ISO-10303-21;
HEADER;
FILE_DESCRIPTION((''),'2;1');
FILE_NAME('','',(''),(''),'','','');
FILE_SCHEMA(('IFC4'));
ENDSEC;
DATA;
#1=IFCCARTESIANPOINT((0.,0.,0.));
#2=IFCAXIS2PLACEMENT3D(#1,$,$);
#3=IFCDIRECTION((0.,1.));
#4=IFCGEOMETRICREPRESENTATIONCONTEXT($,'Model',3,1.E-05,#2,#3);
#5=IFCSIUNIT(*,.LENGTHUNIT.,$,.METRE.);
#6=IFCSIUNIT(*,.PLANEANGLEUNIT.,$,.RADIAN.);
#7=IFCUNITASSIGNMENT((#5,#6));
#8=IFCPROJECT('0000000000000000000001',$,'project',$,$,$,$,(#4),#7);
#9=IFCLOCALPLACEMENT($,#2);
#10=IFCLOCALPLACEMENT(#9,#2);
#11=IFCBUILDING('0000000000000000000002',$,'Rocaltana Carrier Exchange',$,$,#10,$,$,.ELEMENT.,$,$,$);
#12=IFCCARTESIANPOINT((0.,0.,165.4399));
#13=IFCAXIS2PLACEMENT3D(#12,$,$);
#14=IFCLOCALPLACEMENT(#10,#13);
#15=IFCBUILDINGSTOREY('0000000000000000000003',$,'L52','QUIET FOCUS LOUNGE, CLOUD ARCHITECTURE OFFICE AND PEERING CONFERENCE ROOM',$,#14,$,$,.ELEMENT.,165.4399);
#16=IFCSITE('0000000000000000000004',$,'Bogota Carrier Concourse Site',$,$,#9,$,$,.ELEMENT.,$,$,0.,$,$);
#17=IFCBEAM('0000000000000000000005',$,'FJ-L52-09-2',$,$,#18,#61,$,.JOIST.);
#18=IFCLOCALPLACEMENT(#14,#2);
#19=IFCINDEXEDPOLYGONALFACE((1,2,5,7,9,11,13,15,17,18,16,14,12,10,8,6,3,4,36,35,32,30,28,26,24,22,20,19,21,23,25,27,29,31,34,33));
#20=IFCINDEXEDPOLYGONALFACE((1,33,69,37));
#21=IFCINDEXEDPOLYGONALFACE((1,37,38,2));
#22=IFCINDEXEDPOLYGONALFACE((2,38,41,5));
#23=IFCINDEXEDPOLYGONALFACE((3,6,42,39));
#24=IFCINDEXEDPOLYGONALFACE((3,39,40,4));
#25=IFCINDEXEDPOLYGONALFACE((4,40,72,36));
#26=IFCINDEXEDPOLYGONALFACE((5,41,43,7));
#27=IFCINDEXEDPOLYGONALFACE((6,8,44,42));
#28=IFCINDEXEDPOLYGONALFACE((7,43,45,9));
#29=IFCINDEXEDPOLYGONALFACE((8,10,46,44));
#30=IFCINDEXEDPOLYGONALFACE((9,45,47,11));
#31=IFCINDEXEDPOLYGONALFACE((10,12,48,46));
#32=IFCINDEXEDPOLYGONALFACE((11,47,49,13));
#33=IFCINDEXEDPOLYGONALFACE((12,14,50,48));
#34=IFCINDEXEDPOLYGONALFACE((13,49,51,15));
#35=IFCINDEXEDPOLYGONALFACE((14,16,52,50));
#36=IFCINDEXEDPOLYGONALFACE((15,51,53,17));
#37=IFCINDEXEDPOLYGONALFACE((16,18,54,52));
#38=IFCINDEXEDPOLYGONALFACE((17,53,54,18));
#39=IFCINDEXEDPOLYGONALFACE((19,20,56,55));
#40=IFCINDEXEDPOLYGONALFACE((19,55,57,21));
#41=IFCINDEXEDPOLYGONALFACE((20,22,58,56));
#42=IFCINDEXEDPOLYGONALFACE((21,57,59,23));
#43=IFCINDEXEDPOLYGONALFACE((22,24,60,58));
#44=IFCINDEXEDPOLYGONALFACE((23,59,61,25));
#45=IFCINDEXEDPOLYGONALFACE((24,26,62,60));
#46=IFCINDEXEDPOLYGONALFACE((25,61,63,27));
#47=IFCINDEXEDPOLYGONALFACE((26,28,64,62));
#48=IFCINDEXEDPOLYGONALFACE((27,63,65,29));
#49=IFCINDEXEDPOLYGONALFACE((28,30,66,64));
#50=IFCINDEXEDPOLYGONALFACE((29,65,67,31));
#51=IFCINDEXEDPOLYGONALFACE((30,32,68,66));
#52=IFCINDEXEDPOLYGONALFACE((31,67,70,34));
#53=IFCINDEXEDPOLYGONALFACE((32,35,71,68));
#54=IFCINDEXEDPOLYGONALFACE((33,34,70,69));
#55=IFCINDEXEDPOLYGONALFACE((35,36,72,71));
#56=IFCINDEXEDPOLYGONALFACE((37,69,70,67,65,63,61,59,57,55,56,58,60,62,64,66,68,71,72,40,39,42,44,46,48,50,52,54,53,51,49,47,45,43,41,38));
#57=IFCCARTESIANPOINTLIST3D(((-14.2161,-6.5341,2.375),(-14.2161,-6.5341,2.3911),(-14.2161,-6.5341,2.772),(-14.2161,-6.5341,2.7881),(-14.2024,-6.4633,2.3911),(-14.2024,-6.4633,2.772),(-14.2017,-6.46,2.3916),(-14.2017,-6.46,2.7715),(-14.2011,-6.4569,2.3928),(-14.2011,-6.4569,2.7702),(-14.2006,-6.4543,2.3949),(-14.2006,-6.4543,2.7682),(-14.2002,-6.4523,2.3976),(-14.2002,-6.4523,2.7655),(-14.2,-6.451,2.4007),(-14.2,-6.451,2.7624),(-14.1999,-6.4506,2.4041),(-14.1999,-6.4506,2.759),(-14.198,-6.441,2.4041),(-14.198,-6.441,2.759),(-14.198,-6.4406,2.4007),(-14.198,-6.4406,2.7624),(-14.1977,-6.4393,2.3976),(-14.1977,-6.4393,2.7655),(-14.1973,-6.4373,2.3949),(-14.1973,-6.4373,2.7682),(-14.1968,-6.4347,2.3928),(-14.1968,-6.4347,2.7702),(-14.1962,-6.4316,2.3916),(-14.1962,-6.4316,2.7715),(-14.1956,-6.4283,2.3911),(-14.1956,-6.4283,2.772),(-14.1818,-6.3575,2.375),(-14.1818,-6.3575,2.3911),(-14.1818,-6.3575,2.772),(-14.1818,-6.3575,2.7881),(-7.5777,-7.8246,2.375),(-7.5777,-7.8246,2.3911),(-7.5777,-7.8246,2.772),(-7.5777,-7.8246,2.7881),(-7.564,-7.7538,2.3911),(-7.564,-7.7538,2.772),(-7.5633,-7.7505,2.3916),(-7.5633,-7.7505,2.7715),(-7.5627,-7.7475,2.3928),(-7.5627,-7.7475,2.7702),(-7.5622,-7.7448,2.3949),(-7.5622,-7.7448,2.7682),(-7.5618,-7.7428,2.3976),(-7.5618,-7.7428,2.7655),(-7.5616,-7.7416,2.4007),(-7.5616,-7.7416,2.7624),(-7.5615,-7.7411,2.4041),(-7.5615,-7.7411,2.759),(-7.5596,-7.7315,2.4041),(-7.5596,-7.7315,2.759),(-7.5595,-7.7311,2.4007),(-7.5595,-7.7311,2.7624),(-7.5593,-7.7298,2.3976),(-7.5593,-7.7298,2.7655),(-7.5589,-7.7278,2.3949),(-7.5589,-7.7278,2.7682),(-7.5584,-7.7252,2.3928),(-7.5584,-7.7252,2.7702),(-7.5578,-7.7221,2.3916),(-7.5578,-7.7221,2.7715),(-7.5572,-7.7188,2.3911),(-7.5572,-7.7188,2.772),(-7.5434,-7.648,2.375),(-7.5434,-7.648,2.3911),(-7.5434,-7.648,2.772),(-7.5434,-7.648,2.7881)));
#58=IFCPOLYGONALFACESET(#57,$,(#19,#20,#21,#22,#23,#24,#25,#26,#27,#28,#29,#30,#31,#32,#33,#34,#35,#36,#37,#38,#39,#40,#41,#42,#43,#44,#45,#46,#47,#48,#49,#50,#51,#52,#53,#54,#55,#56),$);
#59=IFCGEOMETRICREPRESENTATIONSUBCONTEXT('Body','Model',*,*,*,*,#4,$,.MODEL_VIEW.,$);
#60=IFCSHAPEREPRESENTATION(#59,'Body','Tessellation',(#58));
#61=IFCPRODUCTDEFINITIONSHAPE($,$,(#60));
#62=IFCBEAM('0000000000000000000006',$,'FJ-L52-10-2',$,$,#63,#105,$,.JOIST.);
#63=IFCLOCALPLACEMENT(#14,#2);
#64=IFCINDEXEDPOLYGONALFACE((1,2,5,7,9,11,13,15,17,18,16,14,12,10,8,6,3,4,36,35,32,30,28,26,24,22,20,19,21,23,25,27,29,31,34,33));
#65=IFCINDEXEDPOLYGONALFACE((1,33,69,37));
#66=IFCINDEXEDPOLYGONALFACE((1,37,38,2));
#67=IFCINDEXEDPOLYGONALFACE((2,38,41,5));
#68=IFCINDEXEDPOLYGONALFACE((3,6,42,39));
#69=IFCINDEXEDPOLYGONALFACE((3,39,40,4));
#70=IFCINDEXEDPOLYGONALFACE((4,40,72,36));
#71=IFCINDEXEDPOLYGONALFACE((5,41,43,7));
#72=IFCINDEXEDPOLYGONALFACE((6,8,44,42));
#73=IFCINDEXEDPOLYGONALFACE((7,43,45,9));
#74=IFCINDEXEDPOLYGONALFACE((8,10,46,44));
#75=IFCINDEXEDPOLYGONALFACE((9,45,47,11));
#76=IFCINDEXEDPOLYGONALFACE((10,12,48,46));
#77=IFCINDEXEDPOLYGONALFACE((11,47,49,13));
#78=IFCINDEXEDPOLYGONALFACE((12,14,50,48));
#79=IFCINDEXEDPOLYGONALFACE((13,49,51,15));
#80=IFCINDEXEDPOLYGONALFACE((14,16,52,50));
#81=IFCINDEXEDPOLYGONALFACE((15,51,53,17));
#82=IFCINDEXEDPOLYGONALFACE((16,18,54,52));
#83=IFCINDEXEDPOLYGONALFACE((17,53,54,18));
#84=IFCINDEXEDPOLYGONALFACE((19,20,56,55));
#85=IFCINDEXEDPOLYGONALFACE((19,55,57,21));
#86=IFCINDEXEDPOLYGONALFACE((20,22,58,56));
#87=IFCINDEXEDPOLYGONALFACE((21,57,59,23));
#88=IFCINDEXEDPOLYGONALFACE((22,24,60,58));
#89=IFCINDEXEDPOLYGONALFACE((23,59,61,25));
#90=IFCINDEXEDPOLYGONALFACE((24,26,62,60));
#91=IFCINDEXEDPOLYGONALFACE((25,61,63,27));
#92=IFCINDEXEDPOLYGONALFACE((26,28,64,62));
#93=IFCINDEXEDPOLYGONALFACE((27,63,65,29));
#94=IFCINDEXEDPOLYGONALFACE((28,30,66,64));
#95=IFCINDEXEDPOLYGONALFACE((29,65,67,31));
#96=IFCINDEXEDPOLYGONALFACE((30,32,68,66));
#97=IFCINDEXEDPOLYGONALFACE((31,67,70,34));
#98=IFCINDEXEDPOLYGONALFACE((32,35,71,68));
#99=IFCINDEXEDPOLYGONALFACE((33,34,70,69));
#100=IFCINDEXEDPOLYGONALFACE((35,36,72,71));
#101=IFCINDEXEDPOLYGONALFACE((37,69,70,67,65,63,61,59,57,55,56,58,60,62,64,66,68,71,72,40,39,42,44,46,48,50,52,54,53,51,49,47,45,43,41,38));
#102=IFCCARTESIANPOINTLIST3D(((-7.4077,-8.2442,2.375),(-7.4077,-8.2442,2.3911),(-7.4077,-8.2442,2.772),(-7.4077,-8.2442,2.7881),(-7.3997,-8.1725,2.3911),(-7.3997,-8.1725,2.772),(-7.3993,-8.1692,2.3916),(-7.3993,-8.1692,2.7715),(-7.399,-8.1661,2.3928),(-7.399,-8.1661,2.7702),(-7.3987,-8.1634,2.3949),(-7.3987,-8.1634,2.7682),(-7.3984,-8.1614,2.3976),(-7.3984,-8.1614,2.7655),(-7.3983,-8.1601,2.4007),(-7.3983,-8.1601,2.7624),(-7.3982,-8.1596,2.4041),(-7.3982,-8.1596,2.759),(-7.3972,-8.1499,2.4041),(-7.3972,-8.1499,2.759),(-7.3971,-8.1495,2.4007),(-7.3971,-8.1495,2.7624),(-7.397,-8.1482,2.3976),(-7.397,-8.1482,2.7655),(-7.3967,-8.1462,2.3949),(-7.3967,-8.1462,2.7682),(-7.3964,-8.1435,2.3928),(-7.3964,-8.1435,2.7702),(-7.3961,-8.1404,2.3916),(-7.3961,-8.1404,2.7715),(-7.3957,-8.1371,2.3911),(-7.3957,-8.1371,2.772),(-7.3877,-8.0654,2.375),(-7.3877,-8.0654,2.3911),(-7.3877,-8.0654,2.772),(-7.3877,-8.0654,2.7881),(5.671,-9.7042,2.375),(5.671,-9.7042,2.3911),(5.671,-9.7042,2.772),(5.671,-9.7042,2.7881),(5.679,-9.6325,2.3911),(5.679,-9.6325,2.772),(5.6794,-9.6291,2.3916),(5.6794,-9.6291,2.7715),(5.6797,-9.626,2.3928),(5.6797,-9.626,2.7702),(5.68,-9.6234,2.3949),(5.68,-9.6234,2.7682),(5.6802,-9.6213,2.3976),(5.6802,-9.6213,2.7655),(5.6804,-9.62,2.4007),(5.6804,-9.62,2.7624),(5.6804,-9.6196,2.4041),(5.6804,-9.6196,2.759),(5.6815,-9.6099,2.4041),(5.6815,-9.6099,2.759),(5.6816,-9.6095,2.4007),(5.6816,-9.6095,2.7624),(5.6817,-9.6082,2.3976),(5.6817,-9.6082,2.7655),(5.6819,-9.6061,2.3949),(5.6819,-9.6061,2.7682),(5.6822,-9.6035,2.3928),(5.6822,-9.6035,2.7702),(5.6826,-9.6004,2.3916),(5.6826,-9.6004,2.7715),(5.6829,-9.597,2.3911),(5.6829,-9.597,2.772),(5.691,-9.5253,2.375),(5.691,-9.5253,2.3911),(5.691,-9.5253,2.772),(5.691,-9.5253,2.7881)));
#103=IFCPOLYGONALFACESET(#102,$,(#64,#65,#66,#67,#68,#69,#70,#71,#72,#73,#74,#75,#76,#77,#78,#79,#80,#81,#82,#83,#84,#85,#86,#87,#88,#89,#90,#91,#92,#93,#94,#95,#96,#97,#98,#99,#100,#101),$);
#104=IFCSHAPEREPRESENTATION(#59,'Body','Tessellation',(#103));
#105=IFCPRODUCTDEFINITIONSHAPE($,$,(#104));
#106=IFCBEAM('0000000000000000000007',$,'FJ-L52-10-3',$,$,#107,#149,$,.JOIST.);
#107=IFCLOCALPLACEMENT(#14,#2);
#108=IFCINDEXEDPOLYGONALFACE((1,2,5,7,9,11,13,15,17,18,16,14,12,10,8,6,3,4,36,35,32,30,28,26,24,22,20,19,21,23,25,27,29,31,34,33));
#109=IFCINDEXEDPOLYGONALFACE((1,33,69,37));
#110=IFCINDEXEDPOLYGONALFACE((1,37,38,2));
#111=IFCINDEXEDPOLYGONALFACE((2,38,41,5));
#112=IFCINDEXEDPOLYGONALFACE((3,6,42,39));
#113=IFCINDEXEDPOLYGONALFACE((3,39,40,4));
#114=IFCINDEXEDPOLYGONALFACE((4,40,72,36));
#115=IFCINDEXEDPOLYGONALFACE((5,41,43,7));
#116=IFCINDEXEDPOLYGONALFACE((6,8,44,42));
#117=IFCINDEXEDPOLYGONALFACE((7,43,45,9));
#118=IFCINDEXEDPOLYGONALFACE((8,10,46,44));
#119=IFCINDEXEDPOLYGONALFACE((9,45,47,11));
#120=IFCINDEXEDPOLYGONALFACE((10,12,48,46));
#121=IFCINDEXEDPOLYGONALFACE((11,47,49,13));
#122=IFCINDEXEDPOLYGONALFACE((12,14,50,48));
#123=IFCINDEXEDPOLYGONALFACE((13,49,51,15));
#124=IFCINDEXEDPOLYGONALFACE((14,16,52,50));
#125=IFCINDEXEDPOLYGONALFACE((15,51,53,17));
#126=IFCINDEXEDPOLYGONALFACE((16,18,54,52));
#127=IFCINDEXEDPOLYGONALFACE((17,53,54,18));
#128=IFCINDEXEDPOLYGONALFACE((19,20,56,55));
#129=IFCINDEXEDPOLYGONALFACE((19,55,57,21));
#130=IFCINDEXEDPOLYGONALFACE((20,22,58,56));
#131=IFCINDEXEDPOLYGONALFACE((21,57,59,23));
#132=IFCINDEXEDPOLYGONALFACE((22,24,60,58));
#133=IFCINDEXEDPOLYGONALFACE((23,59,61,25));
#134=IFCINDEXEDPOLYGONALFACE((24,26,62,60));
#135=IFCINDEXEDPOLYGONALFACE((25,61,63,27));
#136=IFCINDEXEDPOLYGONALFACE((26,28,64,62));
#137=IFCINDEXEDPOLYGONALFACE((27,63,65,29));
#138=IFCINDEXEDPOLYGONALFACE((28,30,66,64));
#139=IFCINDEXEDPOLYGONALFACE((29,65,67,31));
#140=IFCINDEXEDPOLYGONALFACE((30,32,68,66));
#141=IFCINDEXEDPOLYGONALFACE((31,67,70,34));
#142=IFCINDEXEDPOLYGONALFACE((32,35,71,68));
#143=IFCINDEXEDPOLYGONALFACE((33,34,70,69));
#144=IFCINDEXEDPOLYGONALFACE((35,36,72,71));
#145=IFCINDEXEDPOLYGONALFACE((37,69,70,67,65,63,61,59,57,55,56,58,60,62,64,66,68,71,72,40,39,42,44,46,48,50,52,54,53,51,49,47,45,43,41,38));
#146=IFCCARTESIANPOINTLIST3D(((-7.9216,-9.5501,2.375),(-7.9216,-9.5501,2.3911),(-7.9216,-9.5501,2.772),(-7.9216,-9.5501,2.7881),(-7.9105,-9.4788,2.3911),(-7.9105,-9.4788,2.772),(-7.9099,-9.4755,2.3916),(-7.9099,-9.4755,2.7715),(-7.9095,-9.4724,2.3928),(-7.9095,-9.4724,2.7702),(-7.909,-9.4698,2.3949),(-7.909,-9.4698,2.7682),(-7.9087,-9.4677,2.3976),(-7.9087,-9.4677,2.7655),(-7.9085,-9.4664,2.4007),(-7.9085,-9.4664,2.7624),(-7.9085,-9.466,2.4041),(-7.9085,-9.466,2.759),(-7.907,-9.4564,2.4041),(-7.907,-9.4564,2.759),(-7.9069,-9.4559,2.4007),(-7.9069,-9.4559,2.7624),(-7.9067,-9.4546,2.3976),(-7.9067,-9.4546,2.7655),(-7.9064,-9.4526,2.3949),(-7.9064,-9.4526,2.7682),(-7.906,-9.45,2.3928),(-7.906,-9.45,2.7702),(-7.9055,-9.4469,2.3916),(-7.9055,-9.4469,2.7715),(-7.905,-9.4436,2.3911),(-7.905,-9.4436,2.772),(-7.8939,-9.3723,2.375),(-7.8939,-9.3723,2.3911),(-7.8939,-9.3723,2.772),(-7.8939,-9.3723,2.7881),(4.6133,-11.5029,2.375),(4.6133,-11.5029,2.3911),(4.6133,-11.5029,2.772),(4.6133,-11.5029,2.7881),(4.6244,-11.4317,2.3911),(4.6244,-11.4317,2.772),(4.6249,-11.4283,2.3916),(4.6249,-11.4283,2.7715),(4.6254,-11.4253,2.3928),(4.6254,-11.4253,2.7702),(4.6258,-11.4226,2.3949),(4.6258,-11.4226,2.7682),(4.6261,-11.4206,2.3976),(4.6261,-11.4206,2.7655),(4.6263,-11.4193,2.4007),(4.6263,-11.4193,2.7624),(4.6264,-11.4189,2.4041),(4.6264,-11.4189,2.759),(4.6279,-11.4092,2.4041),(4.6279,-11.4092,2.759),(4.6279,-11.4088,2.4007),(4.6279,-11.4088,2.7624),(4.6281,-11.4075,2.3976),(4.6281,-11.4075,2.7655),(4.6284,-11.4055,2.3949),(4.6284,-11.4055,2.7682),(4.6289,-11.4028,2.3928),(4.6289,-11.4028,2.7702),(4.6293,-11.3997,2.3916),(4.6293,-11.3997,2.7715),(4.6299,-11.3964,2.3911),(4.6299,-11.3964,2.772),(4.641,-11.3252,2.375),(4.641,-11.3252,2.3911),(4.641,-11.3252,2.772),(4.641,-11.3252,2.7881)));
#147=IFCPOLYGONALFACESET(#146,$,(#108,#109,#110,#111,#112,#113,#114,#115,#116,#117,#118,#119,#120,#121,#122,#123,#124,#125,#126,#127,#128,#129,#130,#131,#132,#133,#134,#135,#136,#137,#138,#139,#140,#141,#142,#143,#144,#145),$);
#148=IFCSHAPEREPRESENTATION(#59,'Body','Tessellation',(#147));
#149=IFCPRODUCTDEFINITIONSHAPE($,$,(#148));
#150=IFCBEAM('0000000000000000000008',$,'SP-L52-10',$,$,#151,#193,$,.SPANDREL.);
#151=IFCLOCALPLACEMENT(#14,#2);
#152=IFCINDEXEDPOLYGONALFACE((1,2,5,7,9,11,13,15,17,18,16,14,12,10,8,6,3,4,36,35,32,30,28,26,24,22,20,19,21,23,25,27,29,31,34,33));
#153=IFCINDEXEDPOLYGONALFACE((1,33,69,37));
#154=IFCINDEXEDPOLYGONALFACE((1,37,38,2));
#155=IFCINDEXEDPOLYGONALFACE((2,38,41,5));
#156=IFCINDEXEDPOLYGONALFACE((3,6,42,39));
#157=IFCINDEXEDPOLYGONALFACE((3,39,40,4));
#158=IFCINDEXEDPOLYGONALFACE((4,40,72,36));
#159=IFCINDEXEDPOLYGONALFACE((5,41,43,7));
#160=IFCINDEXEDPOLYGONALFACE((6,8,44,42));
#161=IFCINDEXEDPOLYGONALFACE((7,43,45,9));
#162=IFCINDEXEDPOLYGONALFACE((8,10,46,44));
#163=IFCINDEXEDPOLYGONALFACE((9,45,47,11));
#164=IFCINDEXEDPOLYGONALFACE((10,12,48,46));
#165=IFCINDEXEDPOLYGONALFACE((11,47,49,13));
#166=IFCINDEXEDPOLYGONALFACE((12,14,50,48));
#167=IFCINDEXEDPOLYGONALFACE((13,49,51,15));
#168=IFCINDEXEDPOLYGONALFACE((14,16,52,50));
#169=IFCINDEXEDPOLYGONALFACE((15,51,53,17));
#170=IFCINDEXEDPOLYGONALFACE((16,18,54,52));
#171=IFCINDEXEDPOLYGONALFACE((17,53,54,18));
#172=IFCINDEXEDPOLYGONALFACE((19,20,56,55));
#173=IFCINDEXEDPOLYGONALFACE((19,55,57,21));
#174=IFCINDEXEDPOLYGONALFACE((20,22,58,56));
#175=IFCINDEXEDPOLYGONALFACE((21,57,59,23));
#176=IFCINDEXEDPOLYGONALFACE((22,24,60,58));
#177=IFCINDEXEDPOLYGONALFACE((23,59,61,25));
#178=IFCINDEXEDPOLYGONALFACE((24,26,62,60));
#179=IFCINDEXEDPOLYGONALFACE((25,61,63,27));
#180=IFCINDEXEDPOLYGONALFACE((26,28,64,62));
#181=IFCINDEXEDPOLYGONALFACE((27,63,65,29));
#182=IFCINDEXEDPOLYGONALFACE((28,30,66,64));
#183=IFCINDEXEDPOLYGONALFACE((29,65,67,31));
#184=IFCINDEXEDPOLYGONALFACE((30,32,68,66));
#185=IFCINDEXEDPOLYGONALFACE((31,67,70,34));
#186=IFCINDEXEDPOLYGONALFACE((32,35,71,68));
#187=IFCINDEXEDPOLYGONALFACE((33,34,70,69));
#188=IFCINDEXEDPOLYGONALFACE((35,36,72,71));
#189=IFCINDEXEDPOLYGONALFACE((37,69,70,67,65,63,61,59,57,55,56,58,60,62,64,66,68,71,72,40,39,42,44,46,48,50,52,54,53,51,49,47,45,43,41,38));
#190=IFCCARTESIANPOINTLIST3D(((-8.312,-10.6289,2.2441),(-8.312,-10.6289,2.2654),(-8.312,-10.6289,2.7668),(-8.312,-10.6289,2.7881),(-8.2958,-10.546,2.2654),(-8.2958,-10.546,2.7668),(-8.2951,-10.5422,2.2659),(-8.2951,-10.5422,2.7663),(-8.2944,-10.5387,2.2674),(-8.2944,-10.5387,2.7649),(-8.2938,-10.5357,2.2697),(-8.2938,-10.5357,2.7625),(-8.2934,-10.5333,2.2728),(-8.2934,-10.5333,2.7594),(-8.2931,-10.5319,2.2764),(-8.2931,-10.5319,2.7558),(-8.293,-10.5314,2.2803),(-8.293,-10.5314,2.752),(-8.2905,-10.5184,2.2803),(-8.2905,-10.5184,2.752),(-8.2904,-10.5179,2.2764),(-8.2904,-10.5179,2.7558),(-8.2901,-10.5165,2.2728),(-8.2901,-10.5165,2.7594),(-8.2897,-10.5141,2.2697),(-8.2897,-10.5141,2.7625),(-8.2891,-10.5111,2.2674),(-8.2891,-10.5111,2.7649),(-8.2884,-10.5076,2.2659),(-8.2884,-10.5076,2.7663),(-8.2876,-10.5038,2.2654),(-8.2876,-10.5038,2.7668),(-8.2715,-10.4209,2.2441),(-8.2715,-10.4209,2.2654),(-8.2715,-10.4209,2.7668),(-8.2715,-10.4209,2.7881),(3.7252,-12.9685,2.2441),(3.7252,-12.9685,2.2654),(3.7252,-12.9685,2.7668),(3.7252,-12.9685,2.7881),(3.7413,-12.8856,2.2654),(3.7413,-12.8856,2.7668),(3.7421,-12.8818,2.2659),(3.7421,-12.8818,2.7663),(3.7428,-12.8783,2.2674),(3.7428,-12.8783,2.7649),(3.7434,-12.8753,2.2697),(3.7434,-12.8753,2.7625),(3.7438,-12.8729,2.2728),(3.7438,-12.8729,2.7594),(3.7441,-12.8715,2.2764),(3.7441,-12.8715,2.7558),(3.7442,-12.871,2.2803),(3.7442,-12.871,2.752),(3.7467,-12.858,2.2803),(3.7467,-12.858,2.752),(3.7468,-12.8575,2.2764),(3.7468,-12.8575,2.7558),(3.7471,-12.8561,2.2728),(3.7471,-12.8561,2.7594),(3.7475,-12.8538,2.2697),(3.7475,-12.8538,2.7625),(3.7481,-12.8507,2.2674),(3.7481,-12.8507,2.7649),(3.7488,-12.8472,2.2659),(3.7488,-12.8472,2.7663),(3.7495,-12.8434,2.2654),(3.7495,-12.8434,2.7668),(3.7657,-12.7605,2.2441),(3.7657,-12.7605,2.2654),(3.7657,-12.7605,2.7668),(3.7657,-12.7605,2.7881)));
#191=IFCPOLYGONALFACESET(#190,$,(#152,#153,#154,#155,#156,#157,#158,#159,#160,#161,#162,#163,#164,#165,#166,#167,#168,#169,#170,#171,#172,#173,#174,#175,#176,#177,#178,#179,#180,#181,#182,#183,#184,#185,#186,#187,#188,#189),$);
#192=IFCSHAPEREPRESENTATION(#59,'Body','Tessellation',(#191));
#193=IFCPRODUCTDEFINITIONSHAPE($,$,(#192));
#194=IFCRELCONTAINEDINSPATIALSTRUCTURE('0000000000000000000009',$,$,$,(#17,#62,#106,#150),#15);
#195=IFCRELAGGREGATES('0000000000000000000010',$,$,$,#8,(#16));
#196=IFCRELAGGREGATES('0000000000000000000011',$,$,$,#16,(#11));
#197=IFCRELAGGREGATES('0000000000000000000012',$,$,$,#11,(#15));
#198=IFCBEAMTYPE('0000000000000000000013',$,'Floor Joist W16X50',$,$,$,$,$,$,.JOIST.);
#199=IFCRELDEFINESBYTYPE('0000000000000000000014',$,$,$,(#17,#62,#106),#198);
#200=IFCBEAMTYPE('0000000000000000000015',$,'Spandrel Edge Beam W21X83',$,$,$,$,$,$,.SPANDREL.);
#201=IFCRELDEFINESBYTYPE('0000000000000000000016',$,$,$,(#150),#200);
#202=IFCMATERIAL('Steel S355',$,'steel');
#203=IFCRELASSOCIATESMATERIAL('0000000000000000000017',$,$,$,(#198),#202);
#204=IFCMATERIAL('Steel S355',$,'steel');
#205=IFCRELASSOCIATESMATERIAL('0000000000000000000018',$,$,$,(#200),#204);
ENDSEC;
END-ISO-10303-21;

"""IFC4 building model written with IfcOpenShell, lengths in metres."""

from ifc_helpers import new_model, si_unit, direction, frame, origin, origin_2d, place, context, subcontext, project, spatial, i_section, extrude, material, material_profile, profile_set, type_object, element, save


model = new_model("IFC4")

# Units and contexts
model_context = context("Model", 3, precision=1e-05, world=origin(), true_north=direction((0.0, 1.0)))
body_context = subcontext(model_context, "Body", "Model", "MODEL_VIEW")
ifc_project = project(units=[si_unit("LENGTHUNIT", "METRE"), si_unit("PLANEANGLEUNIT", "RADIAN")], contexts=[model_context])

# Site, building, storey
site_placement = place(None, origin())
site = spatial("IfcSite", under=ifc_project, at=site_placement, Name="Bogota Carrier Concourse Site", CompositionType="ELEMENT", RefElevation=0.0)
building_placement = place(site_placement, origin())
building = spatial("IfcBuilding", under=site, at=building_placement, Name="Rocaltana Carrier Exchange", CompositionType="ELEMENT")
storey_placement = place(building_placement, frame((0.0, 0.0, 165.4399)))
storey = spatial("IfcBuildingStorey", under=building, at=storey_placement, Name="L52", Description="QUIET FOCUS LOUNGE, CLOUD ARCHITECTURE OFFICE AND PEERING CONFERENCE ROOM", CompositionType="ELEMENT", Elevation=165.4399)

# Beams
ifc_material_1 = material(Name="Steel S355", Category="steel")
ifc_material_profile_1 = material_profile(ifc_material_1, i_section(OverallWidth=0.1799, OverallDepth=0.4131, WebThickness=0.0098, FlangeThickness=0.0161, FilletRadius=0.0129, at=origin_2d()), Name="W16X50")
ifc_profile_set_1 = profile_set([ifc_material_profile_1], Name="Steel S355")
beam_type_1 = type_object("IfcBeamType", Name="Floor Joist W16X50", PredefinedType="JOIST", material=ifc_profile_set_1)
beam_1_placement = place(storey_placement, frame((-14.199, -6.4458, 2.5815), z_axis=(0.981623, -0.19083, 0.0), x_axis=(0.19083, 0.981623, 0.0)))
element("IfcBeam", 1, at=beam_1_placement, inside=storey, type_object=beam_type_1, Name="FJ-L52-09-2", PredefinedType="JOIST", context=body_context, shape_type="SweptSolid", body=[
    extrude(i_section(OverallWidth=0.1799, OverallDepth=0.4131, WebThickness=0.0098, FlangeThickness=0.0161, FilletRadius=0.0129, at=origin_2d()), origin(), (0.0, 0.0, 1.0), 6.7627),
])
beam_2_placement = place(storey_placement, frame((-7.3977, -8.1548, 2.5815), z_axis=(0.993827, -0.110941, 0.0), x_axis=(0.110941, 0.993827, 0.0)))
element("IfcBeam", 2, at=beam_2_placement, inside=storey, type_object=beam_type_1, Name="FJ-L52-10-2", PredefinedType="JOIST", context=body_context, shape_type="SweptSolid", body=[
    extrude(i_section(OverallWidth=0.1799, OverallDepth=0.4131, WebThickness=0.0098, FlangeThickness=0.0161, FilletRadius=0.0129, at=origin_2d()), origin(), (0.0, 0.0, 1.0), 13.1599),
])
beam_3_placement = place(storey_placement, frame((-7.9077, -9.4612, 2.5815), z_axis=(0.98808, -0.153938, 0.0), x_axis=(0.153938, 0.98808, 0.0)))
element("IfcBeam", 3, at=beam_3_placement, inside=storey, type_object=beam_type_1, Name="FJ-L52-10-3", PredefinedType="JOIST", context=body_context, shape_type="SweptSolid", body=[
    extrude(i_section(OverallWidth=0.1799, OverallDepth=0.4131, WebThickness=0.0098, FlangeThickness=0.0161, FilletRadius=0.0129, at=origin_2d()), origin(), (0.0, 0.0, 1.0), 12.686),
])
ifc_material_2 = material(Name="Steel S355", Category="steel")
ifc_material_profile_2 = material_profile(ifc_material_2, i_section(OverallWidth=0.2119, OverallDepth=0.5439, WebThickness=0.0132, FlangeThickness=0.0212, FilletRadius=0.0149, at=origin_2d()), Name="W21X83")
ifc_profile_set_2 = profile_set([ifc_material_profile_2], Name="Steel S355")
beam_type_2 = type_object("IfcBeamType", Name="Spandrel Edge Beam W21X83", PredefinedType="SPANDREL", material=ifc_profile_set_2)
beam_4_placement = place(storey_placement, frame((-8.2917, -10.5249, 2.5161), z_axis=(0.98163, -0.190795, 0.0), x_axis=(0.190795, 0.98163, 0.0)))
element("IfcBeam", 4, at=beam_4_placement, inside=storey, type_object=beam_type_2, Name="SP-L52-10", PredefinedType="SPANDREL", context=body_context, shape_type="SweptSolid", body=[
    extrude(i_section(OverallWidth=0.2119, OverallDepth=0.5439, WebThickness=0.0132, FlangeThickness=0.0212, FilletRadius=0.0149, at=origin_2d()), origin(), (0.0, 0.0, 1.0), 12.2625),
])

save(model, "model.ifc")
